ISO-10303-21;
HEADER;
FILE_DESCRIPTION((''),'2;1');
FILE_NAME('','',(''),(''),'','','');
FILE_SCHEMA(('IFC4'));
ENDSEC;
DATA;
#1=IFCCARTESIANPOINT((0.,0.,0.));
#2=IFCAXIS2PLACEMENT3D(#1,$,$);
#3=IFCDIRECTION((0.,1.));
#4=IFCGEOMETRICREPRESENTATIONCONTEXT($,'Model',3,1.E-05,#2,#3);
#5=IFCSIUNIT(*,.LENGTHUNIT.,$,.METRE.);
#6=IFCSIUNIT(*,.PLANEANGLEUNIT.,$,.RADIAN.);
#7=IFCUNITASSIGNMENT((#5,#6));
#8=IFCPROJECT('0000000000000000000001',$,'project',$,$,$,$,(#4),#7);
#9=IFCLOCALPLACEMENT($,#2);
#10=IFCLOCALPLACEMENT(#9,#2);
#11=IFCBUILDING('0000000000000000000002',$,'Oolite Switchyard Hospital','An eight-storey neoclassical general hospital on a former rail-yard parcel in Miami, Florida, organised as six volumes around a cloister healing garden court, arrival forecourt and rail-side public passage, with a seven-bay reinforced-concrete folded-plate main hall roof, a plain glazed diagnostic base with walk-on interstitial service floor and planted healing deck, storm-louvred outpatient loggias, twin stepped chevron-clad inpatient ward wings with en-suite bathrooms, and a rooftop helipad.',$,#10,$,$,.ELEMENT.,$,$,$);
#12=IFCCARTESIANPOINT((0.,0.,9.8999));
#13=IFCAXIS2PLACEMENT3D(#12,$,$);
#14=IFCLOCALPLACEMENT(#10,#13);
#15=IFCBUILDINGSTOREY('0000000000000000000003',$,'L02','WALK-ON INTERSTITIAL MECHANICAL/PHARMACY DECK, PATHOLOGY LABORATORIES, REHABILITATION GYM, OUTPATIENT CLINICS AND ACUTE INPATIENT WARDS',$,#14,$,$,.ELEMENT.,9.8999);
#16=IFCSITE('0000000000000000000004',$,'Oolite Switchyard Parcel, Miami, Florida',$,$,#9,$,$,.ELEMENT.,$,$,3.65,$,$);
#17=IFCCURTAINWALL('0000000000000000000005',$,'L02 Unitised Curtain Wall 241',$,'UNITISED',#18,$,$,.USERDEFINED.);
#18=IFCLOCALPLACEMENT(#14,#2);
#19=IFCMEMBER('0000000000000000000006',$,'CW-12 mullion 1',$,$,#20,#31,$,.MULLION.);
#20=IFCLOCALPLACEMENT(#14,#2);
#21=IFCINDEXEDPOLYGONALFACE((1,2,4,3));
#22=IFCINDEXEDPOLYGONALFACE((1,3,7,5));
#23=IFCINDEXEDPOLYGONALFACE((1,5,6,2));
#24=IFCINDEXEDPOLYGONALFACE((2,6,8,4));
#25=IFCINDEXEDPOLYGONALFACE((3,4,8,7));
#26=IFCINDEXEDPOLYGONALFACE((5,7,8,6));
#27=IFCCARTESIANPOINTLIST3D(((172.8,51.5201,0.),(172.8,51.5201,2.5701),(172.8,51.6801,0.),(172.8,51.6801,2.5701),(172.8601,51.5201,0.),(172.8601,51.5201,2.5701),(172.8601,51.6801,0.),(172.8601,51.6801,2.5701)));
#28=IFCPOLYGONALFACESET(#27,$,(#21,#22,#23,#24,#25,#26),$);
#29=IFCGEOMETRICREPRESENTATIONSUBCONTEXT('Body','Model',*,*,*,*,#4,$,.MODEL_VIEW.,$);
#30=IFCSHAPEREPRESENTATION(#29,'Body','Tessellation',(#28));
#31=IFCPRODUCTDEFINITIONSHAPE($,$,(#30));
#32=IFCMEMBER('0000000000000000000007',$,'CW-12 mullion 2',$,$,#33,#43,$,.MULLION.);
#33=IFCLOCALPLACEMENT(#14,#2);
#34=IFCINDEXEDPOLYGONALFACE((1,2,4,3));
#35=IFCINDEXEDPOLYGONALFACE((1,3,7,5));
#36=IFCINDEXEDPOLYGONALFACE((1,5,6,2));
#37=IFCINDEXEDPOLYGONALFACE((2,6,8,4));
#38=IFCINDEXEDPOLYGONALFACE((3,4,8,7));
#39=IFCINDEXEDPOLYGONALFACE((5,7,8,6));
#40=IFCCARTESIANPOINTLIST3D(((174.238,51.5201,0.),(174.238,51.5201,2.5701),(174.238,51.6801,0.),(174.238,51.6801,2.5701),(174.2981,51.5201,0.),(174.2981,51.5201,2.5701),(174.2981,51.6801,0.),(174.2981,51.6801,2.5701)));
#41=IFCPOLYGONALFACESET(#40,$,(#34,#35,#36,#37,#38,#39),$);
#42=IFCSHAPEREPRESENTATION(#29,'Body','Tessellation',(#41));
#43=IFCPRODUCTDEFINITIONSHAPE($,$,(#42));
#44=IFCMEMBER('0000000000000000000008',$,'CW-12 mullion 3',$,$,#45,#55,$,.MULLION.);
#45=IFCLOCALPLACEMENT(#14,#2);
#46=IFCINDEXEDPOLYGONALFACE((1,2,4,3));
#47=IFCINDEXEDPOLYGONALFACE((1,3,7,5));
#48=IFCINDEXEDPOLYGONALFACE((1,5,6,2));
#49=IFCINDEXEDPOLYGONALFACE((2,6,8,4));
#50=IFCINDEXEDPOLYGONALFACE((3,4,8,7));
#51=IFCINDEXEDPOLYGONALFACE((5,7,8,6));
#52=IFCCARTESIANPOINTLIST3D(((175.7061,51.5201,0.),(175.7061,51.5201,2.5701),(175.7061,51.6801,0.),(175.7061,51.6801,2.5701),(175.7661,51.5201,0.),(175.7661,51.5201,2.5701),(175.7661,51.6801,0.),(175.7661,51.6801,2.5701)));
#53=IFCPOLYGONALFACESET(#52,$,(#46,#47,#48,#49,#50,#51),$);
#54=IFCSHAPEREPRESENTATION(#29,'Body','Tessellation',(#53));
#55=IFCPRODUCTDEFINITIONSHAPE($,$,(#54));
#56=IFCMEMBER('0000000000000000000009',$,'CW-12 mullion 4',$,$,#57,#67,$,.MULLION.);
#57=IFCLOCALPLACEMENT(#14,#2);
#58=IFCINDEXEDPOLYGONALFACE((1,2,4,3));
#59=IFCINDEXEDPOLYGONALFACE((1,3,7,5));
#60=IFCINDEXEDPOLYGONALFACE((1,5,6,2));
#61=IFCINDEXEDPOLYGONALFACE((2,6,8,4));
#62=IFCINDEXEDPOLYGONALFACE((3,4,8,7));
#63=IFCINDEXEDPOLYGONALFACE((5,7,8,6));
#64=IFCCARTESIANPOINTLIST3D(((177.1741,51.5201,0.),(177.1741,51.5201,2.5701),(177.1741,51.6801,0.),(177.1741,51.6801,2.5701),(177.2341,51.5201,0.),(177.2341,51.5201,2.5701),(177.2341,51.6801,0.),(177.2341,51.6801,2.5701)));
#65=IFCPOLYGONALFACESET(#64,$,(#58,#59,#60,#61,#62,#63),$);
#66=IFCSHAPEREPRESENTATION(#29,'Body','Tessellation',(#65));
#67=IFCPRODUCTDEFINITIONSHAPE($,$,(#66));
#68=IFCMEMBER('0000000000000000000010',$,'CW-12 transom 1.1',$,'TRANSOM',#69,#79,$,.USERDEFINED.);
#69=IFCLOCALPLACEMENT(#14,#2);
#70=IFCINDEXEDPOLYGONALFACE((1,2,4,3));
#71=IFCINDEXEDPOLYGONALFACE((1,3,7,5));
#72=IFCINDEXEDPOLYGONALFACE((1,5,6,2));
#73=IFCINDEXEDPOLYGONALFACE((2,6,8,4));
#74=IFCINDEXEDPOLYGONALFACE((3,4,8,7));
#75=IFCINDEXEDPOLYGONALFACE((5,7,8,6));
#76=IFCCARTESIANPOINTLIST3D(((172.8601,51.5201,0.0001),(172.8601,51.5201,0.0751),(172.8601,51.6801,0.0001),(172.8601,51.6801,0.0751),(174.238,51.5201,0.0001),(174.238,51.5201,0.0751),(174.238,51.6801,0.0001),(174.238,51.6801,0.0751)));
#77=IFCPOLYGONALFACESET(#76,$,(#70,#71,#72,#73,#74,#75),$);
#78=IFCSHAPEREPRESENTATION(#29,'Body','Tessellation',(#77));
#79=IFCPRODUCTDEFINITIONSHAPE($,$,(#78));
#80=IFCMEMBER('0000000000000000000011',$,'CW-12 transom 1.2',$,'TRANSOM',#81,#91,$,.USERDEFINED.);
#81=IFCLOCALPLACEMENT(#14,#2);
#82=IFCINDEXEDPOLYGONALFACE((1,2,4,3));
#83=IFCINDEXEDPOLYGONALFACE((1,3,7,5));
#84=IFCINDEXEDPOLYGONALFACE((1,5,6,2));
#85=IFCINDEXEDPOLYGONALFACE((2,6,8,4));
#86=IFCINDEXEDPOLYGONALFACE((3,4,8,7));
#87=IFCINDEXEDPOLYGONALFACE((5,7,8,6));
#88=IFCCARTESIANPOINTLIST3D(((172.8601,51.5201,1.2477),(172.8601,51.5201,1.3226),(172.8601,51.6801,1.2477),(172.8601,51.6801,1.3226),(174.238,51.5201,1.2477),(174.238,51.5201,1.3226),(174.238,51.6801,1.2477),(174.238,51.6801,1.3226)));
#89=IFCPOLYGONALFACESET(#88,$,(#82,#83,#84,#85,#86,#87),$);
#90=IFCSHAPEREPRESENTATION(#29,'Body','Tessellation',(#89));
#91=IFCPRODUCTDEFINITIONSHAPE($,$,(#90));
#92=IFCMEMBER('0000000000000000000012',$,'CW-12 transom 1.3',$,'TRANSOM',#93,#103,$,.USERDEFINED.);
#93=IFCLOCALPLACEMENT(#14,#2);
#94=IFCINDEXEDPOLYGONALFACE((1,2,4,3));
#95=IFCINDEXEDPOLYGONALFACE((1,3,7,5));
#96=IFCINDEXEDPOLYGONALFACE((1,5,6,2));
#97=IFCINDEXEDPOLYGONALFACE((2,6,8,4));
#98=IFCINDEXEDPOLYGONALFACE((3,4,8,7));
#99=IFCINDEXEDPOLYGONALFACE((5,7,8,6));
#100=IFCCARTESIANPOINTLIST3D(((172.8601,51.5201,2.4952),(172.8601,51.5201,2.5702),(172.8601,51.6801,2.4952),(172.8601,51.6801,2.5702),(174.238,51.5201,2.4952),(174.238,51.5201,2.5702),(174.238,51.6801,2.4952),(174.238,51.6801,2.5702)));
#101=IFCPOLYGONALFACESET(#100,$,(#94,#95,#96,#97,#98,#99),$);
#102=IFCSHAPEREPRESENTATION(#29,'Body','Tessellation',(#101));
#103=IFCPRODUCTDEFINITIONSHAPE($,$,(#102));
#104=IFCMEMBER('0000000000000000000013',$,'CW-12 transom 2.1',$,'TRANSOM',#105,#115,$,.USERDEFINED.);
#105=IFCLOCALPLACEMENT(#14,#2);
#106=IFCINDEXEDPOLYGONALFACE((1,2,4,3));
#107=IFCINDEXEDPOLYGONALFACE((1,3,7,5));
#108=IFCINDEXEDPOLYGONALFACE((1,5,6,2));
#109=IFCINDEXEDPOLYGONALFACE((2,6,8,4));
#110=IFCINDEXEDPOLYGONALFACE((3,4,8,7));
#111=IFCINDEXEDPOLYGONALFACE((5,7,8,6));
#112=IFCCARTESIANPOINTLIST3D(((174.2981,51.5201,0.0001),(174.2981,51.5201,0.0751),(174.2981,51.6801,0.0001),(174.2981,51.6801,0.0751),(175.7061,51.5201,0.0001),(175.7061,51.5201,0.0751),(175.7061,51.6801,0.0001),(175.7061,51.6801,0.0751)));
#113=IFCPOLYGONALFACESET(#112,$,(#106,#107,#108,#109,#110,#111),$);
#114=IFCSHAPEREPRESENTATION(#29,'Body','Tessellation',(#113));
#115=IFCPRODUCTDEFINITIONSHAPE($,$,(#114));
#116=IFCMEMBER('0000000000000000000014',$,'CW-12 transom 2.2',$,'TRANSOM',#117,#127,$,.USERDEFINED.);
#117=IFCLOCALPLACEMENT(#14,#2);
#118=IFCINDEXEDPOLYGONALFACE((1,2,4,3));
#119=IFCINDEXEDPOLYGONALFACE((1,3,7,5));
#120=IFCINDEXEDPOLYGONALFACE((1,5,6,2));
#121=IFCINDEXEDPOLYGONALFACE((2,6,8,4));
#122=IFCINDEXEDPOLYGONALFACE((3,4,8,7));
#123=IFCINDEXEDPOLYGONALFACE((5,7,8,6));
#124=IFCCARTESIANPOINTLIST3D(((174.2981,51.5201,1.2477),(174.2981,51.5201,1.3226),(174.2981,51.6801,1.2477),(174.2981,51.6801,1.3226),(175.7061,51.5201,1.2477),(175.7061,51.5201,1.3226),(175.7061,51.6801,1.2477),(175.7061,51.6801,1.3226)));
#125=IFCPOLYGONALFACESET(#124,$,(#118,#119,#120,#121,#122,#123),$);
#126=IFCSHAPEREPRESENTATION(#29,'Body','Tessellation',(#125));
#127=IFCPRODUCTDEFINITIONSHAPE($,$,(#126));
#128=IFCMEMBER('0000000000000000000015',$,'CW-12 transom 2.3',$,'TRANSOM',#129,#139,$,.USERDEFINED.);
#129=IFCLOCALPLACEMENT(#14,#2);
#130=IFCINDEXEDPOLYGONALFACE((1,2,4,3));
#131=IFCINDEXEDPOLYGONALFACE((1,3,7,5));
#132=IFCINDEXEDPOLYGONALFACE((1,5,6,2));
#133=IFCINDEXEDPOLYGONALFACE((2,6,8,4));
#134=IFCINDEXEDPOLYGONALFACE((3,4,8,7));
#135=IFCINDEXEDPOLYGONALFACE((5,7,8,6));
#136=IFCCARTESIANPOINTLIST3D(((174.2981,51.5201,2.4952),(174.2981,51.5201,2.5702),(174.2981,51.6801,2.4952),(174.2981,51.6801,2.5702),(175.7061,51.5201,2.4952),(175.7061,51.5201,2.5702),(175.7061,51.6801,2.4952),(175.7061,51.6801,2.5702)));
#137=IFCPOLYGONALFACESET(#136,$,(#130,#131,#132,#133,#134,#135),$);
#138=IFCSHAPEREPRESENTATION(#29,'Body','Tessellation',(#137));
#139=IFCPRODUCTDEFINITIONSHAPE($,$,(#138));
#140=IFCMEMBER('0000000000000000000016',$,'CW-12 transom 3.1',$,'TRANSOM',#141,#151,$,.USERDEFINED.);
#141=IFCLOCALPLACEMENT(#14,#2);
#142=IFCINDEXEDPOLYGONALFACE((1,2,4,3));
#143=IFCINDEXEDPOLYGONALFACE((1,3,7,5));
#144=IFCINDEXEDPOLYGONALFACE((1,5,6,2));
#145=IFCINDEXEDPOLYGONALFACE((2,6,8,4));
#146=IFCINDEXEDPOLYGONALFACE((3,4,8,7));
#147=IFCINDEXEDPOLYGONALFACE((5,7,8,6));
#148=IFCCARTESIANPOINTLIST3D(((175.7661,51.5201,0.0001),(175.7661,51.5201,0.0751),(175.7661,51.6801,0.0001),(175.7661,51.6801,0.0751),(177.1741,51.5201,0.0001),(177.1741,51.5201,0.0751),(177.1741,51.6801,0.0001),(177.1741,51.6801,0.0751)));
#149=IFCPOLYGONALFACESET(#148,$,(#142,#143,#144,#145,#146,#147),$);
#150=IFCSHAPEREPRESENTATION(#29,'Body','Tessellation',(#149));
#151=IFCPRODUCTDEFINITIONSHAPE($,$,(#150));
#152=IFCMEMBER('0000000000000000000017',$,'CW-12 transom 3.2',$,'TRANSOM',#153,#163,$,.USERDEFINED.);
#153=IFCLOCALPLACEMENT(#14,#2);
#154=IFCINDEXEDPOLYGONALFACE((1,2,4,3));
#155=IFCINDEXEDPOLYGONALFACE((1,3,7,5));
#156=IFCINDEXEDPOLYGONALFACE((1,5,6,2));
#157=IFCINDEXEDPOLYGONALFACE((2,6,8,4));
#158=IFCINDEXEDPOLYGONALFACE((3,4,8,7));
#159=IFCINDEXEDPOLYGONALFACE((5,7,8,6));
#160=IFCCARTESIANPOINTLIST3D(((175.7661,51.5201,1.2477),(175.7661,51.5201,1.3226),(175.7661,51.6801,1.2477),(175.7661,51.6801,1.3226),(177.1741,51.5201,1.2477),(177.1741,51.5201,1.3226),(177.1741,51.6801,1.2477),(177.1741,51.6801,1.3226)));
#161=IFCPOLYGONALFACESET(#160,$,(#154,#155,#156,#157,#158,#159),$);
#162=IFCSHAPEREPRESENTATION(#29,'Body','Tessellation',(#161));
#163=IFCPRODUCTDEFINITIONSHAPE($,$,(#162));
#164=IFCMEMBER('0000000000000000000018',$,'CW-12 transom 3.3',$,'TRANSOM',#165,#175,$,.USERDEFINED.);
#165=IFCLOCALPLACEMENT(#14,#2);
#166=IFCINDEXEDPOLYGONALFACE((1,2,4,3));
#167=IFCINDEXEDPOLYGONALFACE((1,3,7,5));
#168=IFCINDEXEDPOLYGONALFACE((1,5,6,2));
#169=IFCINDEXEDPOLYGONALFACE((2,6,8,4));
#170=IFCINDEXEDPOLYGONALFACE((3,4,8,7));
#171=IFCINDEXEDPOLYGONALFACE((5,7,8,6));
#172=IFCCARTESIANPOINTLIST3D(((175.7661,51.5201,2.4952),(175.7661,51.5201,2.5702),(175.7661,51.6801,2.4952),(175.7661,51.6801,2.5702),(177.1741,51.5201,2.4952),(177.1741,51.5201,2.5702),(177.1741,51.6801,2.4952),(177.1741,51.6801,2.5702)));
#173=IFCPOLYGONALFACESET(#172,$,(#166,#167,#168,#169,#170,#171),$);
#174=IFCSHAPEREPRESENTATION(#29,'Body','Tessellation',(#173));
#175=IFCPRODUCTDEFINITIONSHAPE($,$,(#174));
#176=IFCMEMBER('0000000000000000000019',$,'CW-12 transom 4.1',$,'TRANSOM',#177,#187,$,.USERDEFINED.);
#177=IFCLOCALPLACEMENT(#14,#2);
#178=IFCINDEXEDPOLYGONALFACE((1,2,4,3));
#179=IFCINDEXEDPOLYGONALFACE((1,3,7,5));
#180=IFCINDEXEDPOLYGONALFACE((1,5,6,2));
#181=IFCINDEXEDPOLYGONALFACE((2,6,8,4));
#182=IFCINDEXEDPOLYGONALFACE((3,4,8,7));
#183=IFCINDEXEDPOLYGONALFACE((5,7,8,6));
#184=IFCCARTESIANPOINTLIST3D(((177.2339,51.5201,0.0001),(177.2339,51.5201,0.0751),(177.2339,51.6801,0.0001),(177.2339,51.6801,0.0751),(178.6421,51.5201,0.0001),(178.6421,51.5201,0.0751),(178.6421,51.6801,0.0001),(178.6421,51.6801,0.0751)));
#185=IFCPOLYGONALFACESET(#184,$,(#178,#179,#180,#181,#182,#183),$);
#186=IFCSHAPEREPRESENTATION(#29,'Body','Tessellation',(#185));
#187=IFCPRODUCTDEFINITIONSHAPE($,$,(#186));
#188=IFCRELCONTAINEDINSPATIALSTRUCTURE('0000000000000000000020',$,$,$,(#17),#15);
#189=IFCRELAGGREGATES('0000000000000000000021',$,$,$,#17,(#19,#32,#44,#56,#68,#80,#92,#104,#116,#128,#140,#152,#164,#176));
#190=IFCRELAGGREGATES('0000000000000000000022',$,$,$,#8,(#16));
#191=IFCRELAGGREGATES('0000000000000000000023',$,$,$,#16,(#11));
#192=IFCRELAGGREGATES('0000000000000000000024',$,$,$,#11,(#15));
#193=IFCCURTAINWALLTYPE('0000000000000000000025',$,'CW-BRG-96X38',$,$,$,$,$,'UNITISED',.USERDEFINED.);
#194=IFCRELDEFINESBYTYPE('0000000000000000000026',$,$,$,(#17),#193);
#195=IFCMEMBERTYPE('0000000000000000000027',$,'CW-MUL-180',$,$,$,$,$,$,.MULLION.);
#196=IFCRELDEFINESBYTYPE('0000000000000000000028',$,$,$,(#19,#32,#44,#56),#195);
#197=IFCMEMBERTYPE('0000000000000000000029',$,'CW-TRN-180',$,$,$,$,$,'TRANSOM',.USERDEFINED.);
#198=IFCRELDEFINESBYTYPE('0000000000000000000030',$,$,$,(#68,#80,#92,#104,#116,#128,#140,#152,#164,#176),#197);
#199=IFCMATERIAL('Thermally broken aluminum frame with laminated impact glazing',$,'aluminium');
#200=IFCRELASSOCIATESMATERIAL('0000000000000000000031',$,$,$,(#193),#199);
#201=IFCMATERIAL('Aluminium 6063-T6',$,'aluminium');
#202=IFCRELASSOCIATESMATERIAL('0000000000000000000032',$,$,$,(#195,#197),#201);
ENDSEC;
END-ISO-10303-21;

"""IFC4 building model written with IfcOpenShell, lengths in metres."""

from ifc_helpers import new_model, si_unit, direction, frame, origin, origin_2d, place, context, subcontext, project, spatial, rectangle, extrude, material, material_profile, profile_set, type_object, element, aggregate, save


model = new_model("IFC4")

# Units and contexts
model_context = context("Model", 3, precision=1e-05, world=origin(), true_north=direction((0.0, 1.0)))
body_context = subcontext(model_context, "Body", "Model", "MODEL_VIEW")
ifc_project = project(units=[si_unit("LENGTHUNIT", "METRE"), si_unit("PLANEANGLEUNIT", "RADIAN")], contexts=[model_context])

# Site, building, storey
site_placement = place(None, origin())
site = spatial("IfcSite", under=ifc_project, at=site_placement, Name="Oolite Switchyard Parcel, Miami, Florida", CompositionType="ELEMENT", RefElevation=3.65)
building_placement = place(site_placement, origin())
building = spatial("IfcBuilding", under=site, at=building_placement, Name="Oolite Switchyard Hospital", Description="An eight-storey neoclassical general hospital on a former rail-yard parcel in Miami, Florida, organised as six volumes around a cloister healing garden court, arrival forecourt and rail-side public passage, with a seven-bay reinforced-concrete folded-plate main hall roof, a plain glazed diagnostic base with walk-on interstitial service floor and planted healing deck, storm-louvred outpatient loggias, twin stepped chevron-clad inpatient ward wings with en-suite bathrooms, and a rooftop helipad.", CompositionType="ELEMENT")
storey_placement = place(building_placement, frame((0.0, 0.0, 9.8999)))
storey = spatial("IfcBuildingStorey", under=building, at=storey_placement, Name="L02", Description="WALK-ON INTERSTITIAL MECHANICAL/PHARMACY DECK, PATHOLOGY LABORATORIES, REHABILITATION GYM, OUTPATIENT CLINICS AND ACUTE INPATIENT WARDS", CompositionType="ELEMENT", Elevation=9.8999)

# Curtain wall, members
ifc_material_1 = material(Name="Thermally broken aluminum frame with laminated impact glazing", Category="aluminium")
curtain_wall_type = type_object("IfcCurtainWallType", Name="CW-BRG-96X38", ElementType="UNITISED", PredefinedType="USERDEFINED", material=ifc_material_1)
curtain_wall_placement = place(storey_placement, origin())
curtain_wall = element("IfcCurtainWall", 1, at=curtain_wall_placement, inside=storey, type_object=curtain_wall_type, Name="L02 Unitised Curtain Wall 241", ObjectType="UNITISED", PredefinedType="USERDEFINED")
ifc_material_2 = material(Name="Aluminium 6063-T6", Category="aluminium")
ifc_material_profile_1 = material_profile(ifc_material_2, rectangle(XDim=0.1599, YDim=0.0601, at=origin_2d()), Name="CWM60X160")
ifc_profile_set_1 = profile_set([ifc_material_profile_1], Name="Aluminium 6063-T6")
member_type_1 = type_object("IfcMemberType", Name="CW-MUL-180", PredefinedType="MULLION", material=ifc_profile_set_1)
member_1_placement = place(storey_placement, frame((172.8301, 51.6001, 0.0), z_axis=(0.0, 0.0, 1.0), x_axis=(0.0, 1.0, 0.0)))
member_1 = element("IfcMember", 2, at=member_1_placement, type_object=member_type_1, Name="CW-12 mullion 1", PredefinedType="MULLION", context=body_context, shape_type="SweptSolid", body=[
    extrude(rectangle(XDim=0.1599, YDim=0.0601, at=origin_2d()), origin(), (0.0, 0.0, 1.0), 2.5701),
])
member_2_placement = place(storey_placement, frame((174.2681, 51.6001, 0.0), z_axis=(0.0, 0.0, 1.0), x_axis=(0.0, 1.0, 0.0)))
member_2 = element("IfcMember", 3, at=member_2_placement, type_object=member_type_1, Name="CW-12 mullion 2", PredefinedType="MULLION", context=body_context, shape_type="SweptSolid", body=[
    extrude(rectangle(XDim=0.1599, YDim=0.0601, at=origin_2d()), origin(), (0.0, 0.0, 1.0), 2.5701),
])
member_3_placement = place(storey_placement, frame((175.7361, 51.6001, 0.0), z_axis=(0.0, 0.0, 1.0), x_axis=(0.0, 1.0, 0.0)))
member_3 = element("IfcMember", 4, at=member_3_placement, type_object=member_type_1, Name="CW-12 mullion 3", PredefinedType="MULLION", context=body_context, shape_type="SweptSolid", body=[
    extrude(rectangle(XDim=0.1599, YDim=0.0601, at=origin_2d()), origin(), (0.0, 0.0, 1.0), 2.5701),
])
member_4_placement = place(storey_placement, frame((177.2041, 51.6001, 0.0), z_axis=(0.0, 0.0, 1.0), x_axis=(0.0, 1.0, 0.0)))
member_4 = element("IfcMember", 5, at=member_4_placement, type_object=member_type_1, Name="CW-12 mullion 4", PredefinedType="MULLION", context=body_context, shape_type="SweptSolid", body=[
    extrude(rectangle(XDim=0.1599, YDim=0.0601, at=origin_2d()), origin(), (0.0, 0.0, 1.0), 2.5701),
])
ifc_material_profile_2 = material_profile(ifc_material_2, rectangle(XDim=0.1599, YDim=0.075, at=origin_2d()), Name="CWT75X160")
ifc_profile_set_2 = profile_set([ifc_material_profile_2], Name="Aluminium 6063-T6")
member_type_2 = type_object("IfcMemberType", Name="CW-TRN-180", ElementType="TRANSOM", PredefinedType="USERDEFINED", material=ifc_profile_set_2)
member_5_placement = place(storey_placement, frame((172.8601, 51.6001, 0.0376), z_axis=(1.0, 0.0, 0.0), x_axis=(0.0, 1.0, 0.0)))
member_5 = element("IfcMember", 6, at=member_5_placement, type_object=member_type_2, Name="CW-12 transom 1.1", ObjectType="TRANSOM", PredefinedType="USERDEFINED", context=body_context, shape_type="SweptSolid", body=[
    extrude(rectangle(XDim=0.1599, YDim=0.075, at=origin_2d()), origin(), (0.0, 0.0, 1.0), 1.3779),
])
member_6_placement = place(storey_placement, frame((172.8601, 51.6001, 1.2852), z_axis=(1.0, 0.0, 0.0), x_axis=(0.0, 1.0, 0.0)))
member_6 = element("IfcMember", 7, at=member_6_placement, type_object=member_type_2, Name="CW-12 transom 1.2", ObjectType="TRANSOM", PredefinedType="USERDEFINED", context=body_context, shape_type="SweptSolid", body=[
    extrude(rectangle(XDim=0.1599, YDim=0.075, at=origin_2d()), origin(), (0.0, 0.0, 1.0), 1.3779),
])
member_7_placement = place(storey_placement, frame((172.8601, 51.6001, 2.5327), z_axis=(1.0, 0.0, 0.0), x_axis=(0.0, 1.0, 0.0)))
member_7 = element("IfcMember", 8, at=member_7_placement, type_object=member_type_2, Name="CW-12 transom 1.3", ObjectType="TRANSOM", PredefinedType="USERDEFINED", context=body_context, shape_type="SweptSolid", body=[
    extrude(rectangle(XDim=0.1599, YDim=0.075, at=origin_2d()), origin(), (0.0, 0.0, 1.0), 1.3779),
])
member_8_placement = place(storey_placement, frame((174.2981, 51.6001, 0.0376), z_axis=(1.0, 0.0, 0.0), x_axis=(0.0, 1.0, 0.0)))
member_8 = element("IfcMember", 9, at=member_8_placement, type_object=member_type_2, Name="CW-12 transom 2.1", ObjectType="TRANSOM", PredefinedType="USERDEFINED", context=body_context, shape_type="SweptSolid", body=[
    extrude(rectangle(XDim=0.1599, YDim=0.075, at=origin_2d()), origin(), (0.0, 0.0, 1.0), 1.408),
])
member_9_placement = place(storey_placement, frame((174.2981, 51.6001, 1.2852), z_axis=(1.0, 0.0, 0.0), x_axis=(0.0, 1.0, 0.0)))
member_9 = element("IfcMember", 10, at=member_9_placement, type_object=member_type_2, Name="CW-12 transom 2.2", ObjectType="TRANSOM", PredefinedType="USERDEFINED", context=body_context, shape_type="SweptSolid", body=[
    extrude(rectangle(XDim=0.1599, YDim=0.075, at=origin_2d()), origin(), (0.0, 0.0, 1.0), 1.408),
])
member_10_placement = place(storey_placement, frame((174.2981, 51.6001, 2.5327), z_axis=(1.0, 0.0, 0.0), x_axis=(0.0, 1.0, 0.0)))
member_10 = element("IfcMember", 11, at=member_10_placement, type_object=member_type_2, Name="CW-12 transom 2.3", ObjectType="TRANSOM", PredefinedType="USERDEFINED", context=body_context, shape_type="SweptSolid", body=[
    extrude(rectangle(XDim=0.1599, YDim=0.075, at=origin_2d()), origin(), (0.0, 0.0, 1.0), 1.408),
])
member_11_placement = place(storey_placement, frame((175.7661, 51.6001, 0.0376), z_axis=(1.0, 0.0, 0.0), x_axis=(0.0, 1.0, 0.0)))
member_11 = element("IfcMember", 12, at=member_11_placement, type_object=member_type_2, Name="CW-12 transom 3.1", ObjectType="TRANSOM", PredefinedType="USERDEFINED", context=body_context, shape_type="SweptSolid", body=[
    extrude(rectangle(XDim=0.1599, YDim=0.075, at=origin_2d()), origin(), (0.0, 0.0, 1.0), 1.408),
])
member_12_placement = place(storey_placement, frame((175.7661, 51.6001, 1.2852), z_axis=(1.0, 0.0, 0.0), x_axis=(0.0, 1.0, 0.0)))
member_12 = element("IfcMember", 13, at=member_12_placement, type_object=member_type_2, Name="CW-12 transom 3.2", ObjectType="TRANSOM", PredefinedType="USERDEFINED", context=body_context, shape_type="SweptSolid", body=[
    extrude(rectangle(XDim=0.1599, YDim=0.075, at=origin_2d()), origin(), (0.0, 0.0, 1.0), 1.408),
])
member_13_placement = place(storey_placement, frame((175.7661, 51.6001, 2.5327), z_axis=(1.0, 0.0, 0.0), x_axis=(0.0, 1.0, 0.0)))
member_13 = element("IfcMember", 14, at=member_13_placement, type_object=member_type_2, Name="CW-12 transom 3.3", ObjectType="TRANSOM", PredefinedType="USERDEFINED", context=body_context, shape_type="SweptSolid", body=[
    extrude(rectangle(XDim=0.1599, YDim=0.075, at=origin_2d()), origin(), (0.0, 0.0, 1.0), 1.408),
])
member_14_placement = place(storey_placement, frame((177.2339, 51.6001, 0.0376), z_axis=(1.0, 0.0, 0.0), x_axis=(0.0, 1.0, 0.0)))
member_14 = element("IfcMember", 15, at=member_14_placement, type_object=member_type_2, Name="CW-12 transom 4.1", ObjectType="TRANSOM", PredefinedType="USERDEFINED", context=body_context, shape_type="SweptSolid", body=[
    extrude(rectangle(XDim=0.1599, YDim=0.075, at=origin_2d()), origin(), (0.0, 0.0, 1.0), 1.4082),
])
aggregate(curtain_wall, [member_1, member_2, member_3, member_4, member_5, member_6, member_7, member_8, member_9, member_10, member_11, member_12, member_13, member_14])

save(model, "model.ifc")
